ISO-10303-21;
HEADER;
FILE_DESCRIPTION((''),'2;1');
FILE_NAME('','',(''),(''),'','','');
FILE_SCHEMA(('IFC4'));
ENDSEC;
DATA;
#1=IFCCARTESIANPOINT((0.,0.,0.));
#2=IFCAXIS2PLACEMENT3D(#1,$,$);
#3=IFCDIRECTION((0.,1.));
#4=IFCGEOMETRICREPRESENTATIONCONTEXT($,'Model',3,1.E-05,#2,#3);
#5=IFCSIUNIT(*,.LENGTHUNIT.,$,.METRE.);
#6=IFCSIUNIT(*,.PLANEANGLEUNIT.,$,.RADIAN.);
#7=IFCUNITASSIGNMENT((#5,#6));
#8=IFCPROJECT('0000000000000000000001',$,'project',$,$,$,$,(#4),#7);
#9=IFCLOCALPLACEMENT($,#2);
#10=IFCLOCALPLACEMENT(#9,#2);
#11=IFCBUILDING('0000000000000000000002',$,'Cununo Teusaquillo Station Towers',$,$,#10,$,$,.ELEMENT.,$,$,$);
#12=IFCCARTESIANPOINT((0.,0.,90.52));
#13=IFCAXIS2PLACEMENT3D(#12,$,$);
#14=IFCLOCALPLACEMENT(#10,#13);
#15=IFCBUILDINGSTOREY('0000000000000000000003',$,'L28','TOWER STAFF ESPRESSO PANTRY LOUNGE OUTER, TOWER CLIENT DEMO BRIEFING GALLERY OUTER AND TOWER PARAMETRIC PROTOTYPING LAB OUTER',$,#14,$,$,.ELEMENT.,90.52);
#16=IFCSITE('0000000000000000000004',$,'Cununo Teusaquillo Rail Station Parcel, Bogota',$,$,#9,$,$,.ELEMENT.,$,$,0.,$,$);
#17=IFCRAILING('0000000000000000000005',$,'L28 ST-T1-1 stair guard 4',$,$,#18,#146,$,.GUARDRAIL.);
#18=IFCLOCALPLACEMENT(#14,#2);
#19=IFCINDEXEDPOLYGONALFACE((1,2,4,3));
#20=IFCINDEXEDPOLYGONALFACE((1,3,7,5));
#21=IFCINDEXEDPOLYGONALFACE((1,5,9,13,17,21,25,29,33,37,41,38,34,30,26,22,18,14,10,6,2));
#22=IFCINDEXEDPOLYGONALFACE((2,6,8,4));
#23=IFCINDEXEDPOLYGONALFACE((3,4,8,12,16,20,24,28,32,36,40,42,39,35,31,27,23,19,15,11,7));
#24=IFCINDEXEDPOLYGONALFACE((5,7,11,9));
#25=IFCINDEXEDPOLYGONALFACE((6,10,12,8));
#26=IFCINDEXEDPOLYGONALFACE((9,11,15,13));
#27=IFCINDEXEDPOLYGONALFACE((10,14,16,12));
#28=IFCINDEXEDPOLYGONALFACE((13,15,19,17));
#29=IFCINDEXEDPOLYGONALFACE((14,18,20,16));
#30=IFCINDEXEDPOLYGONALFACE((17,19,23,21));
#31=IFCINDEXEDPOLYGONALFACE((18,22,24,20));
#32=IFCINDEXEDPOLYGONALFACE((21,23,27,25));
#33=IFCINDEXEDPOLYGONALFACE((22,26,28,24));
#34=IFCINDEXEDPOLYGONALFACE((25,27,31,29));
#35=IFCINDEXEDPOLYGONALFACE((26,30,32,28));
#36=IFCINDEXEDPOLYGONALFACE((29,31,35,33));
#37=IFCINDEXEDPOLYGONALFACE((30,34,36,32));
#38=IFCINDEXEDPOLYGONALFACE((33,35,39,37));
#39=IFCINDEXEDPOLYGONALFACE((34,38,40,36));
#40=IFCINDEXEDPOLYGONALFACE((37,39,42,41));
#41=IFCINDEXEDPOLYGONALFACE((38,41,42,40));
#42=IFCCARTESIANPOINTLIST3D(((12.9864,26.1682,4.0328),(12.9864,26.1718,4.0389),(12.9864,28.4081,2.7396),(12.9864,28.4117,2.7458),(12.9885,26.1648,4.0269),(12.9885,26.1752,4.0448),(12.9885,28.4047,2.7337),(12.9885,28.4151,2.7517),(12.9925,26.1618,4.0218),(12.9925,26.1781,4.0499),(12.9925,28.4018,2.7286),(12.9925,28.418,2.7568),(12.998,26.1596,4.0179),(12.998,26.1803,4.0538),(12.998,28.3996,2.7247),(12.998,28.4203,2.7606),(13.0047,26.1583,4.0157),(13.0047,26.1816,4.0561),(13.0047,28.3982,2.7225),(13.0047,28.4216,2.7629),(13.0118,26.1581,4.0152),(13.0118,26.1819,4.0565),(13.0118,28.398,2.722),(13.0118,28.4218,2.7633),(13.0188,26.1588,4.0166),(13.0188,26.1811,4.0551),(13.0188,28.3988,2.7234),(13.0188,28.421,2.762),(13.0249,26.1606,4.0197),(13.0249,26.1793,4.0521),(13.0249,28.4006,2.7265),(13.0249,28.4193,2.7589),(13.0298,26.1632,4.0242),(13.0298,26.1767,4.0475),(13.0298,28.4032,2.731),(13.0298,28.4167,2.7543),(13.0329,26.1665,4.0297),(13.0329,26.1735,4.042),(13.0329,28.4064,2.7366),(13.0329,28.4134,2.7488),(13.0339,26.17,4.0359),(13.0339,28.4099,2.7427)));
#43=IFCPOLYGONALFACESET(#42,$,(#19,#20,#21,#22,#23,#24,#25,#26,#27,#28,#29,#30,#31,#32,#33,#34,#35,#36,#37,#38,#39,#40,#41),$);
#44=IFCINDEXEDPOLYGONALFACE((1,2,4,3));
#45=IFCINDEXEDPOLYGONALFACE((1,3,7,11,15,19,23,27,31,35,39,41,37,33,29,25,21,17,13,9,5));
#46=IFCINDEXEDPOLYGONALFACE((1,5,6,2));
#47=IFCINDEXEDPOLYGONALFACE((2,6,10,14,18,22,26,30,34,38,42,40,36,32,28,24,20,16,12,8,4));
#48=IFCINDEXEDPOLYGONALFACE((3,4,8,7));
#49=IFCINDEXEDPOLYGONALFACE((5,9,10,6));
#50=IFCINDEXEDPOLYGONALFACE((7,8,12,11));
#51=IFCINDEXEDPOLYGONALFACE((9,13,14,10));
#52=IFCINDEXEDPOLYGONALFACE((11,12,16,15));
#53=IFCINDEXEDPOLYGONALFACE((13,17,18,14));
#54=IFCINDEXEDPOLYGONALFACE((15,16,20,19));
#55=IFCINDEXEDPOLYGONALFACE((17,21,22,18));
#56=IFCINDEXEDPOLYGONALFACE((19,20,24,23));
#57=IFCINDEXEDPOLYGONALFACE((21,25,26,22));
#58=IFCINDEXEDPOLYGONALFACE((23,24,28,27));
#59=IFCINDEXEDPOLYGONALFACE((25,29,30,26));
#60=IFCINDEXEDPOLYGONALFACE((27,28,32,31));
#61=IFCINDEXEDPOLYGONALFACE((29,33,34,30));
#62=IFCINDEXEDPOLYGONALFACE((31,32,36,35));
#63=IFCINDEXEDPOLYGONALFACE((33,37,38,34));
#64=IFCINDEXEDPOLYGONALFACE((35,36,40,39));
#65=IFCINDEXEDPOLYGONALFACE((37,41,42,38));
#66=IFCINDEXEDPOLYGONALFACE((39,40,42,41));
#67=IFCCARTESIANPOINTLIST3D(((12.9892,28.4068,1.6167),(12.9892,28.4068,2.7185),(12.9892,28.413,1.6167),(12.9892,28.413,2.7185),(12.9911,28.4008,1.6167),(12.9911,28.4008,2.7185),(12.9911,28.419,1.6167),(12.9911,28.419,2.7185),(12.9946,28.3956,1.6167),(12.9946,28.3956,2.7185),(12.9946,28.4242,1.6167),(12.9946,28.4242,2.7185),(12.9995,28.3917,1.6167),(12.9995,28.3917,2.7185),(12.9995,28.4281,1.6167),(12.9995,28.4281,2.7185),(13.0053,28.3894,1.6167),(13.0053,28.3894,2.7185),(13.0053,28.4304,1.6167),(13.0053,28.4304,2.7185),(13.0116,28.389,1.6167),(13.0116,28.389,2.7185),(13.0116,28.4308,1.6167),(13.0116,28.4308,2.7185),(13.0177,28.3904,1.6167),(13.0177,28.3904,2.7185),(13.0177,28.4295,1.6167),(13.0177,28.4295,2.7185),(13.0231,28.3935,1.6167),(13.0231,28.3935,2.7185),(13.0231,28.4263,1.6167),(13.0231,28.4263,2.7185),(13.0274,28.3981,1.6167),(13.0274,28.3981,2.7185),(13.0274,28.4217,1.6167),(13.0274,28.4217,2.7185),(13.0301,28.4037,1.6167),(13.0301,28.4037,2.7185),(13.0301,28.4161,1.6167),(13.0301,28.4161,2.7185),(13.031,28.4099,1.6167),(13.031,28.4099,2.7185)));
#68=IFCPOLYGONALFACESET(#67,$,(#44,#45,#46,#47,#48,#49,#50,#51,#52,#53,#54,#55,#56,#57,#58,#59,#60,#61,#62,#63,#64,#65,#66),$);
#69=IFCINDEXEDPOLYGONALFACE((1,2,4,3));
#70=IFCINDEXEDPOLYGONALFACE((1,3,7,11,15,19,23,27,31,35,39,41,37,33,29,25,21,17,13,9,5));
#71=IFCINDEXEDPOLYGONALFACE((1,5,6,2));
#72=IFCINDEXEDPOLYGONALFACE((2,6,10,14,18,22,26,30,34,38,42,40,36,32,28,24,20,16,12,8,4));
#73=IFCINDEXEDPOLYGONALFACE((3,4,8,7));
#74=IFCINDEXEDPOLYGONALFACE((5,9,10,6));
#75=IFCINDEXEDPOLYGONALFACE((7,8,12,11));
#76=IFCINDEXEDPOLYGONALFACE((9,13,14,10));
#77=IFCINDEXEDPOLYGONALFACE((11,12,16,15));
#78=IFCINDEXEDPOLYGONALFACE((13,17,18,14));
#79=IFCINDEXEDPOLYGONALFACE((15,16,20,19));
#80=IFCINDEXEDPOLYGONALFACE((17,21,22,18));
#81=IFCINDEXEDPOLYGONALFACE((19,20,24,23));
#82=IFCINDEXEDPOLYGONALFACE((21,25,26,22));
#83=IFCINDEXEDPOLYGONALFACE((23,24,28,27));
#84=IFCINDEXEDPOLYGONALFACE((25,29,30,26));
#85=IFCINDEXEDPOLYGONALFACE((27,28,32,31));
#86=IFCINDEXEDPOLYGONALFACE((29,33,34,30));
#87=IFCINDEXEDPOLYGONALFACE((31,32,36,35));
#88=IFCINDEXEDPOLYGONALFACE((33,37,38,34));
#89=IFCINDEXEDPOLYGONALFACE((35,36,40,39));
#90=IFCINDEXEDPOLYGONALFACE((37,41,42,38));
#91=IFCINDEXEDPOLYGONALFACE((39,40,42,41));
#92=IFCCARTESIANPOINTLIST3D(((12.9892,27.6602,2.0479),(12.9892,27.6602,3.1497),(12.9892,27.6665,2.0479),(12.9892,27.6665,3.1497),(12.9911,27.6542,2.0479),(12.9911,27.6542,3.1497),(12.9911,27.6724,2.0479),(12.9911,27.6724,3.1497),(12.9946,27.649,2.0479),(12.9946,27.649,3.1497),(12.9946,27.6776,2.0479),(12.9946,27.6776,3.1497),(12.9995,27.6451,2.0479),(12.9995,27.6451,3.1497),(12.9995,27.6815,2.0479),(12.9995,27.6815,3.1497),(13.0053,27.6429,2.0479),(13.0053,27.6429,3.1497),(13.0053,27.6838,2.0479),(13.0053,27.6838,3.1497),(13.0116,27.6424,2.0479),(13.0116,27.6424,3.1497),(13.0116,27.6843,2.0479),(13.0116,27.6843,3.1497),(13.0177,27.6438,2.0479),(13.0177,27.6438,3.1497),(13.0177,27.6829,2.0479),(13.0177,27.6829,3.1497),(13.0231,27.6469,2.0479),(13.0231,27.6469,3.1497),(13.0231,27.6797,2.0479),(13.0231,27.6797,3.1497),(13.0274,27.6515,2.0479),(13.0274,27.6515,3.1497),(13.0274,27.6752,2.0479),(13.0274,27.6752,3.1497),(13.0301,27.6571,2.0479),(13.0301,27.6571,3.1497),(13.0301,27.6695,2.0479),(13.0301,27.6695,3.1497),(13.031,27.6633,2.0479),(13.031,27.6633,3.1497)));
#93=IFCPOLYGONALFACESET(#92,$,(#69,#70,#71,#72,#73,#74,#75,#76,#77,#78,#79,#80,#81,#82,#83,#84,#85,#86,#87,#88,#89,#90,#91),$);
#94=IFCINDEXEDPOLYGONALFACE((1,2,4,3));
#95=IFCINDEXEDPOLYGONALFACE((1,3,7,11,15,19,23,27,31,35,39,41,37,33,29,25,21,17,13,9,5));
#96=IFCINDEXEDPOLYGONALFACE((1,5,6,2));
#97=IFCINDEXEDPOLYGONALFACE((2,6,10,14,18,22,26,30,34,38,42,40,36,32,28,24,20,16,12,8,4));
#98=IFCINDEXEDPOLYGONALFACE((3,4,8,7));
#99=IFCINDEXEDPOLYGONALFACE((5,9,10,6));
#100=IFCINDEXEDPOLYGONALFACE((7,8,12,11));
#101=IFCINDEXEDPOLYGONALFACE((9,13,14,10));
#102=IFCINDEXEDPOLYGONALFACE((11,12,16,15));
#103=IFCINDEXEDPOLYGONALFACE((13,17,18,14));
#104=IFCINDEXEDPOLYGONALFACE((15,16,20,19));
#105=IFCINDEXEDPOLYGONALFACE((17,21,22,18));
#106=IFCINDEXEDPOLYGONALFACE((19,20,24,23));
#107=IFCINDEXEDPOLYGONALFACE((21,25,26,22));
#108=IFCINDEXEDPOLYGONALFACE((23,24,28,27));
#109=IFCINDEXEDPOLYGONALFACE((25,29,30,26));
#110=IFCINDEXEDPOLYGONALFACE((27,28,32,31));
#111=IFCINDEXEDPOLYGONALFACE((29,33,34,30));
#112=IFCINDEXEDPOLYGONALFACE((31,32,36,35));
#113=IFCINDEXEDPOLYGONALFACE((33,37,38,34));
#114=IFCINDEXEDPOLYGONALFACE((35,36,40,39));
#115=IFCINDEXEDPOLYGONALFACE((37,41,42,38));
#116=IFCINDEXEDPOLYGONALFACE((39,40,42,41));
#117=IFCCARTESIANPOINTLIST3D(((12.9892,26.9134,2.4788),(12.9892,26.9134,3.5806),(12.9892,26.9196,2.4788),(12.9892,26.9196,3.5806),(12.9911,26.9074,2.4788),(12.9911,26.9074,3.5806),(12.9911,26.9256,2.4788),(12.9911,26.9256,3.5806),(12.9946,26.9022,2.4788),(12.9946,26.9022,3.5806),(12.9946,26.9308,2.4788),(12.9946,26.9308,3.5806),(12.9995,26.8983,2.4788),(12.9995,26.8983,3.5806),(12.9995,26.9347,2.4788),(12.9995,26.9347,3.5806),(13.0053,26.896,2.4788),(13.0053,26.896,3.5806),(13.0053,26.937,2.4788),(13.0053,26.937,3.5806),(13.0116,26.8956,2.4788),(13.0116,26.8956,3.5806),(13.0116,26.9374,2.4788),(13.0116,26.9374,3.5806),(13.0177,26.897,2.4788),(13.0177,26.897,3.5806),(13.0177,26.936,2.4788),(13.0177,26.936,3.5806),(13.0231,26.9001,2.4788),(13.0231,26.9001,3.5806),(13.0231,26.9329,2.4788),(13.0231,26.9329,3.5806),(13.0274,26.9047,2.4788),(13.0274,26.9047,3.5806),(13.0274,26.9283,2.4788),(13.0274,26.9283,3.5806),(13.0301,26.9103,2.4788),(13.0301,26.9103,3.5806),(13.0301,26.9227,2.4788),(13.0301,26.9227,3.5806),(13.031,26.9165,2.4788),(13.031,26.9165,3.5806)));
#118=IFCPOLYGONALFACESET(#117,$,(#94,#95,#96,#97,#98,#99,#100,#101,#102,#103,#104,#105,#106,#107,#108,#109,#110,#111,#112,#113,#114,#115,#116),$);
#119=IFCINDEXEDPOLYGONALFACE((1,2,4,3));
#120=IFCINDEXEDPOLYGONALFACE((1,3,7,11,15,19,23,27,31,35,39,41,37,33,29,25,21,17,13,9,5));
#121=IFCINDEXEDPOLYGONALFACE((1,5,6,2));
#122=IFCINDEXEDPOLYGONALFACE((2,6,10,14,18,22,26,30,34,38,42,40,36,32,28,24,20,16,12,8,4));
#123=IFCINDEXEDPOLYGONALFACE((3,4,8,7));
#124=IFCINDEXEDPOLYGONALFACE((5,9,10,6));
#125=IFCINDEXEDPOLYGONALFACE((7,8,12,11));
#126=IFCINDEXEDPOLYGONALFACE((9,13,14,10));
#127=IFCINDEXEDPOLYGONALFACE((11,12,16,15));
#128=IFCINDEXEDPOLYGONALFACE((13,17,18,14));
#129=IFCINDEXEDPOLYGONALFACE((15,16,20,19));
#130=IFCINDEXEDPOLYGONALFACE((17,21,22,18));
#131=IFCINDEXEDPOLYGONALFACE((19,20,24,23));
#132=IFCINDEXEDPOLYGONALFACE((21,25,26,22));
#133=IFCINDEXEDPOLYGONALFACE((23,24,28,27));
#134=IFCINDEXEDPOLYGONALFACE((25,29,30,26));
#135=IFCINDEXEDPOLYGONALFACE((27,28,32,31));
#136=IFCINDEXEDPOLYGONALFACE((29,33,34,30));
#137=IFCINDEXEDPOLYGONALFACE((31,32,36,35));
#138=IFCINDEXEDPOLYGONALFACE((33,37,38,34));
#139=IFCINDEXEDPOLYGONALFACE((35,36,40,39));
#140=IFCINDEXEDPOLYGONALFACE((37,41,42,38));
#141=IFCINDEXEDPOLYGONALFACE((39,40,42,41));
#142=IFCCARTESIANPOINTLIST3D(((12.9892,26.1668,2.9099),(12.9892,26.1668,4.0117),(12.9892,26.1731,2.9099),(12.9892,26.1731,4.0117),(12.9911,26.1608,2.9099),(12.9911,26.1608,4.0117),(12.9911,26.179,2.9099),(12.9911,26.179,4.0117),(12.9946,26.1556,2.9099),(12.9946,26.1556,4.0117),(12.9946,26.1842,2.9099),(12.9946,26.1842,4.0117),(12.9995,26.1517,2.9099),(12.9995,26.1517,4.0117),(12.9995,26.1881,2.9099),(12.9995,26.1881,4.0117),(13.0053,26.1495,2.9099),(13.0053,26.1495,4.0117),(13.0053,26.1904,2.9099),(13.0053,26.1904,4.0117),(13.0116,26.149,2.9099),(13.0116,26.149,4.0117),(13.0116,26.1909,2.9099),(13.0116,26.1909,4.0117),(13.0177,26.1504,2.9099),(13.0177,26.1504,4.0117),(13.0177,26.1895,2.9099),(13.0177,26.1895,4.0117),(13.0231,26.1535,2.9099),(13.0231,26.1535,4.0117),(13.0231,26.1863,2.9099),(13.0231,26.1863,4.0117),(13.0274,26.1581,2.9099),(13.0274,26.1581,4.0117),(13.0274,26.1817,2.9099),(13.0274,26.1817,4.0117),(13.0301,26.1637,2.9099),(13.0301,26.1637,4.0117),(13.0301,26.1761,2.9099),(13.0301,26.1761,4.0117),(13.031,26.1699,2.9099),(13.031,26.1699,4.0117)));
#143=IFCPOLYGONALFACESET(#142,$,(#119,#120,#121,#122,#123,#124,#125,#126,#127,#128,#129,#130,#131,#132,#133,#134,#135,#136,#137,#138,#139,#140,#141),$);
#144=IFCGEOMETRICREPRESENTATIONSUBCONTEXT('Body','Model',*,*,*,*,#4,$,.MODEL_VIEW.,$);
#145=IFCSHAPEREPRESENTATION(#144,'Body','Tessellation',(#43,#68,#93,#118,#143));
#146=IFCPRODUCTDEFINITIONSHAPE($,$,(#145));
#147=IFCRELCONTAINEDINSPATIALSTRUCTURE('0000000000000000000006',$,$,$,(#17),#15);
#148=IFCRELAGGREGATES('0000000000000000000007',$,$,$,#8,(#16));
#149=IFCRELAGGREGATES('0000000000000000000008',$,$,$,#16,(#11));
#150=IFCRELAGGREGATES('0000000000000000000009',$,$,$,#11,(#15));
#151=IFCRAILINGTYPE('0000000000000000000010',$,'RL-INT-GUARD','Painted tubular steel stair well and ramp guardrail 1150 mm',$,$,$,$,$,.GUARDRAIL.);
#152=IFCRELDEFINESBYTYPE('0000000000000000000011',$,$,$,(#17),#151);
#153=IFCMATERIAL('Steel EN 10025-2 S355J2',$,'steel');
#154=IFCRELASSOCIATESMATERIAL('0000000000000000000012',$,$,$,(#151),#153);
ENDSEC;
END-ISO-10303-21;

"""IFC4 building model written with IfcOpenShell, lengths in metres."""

from ifc_helpers import new_model, si_unit, direction, frame, origin, origin_2d, place, context, subcontext, project, spatial, circle, extrude, material, type_object, element, save


model = new_model("IFC4")

# Units and contexts
model_context = context("Model", 3, precision=1e-05, world=origin(), true_north=direction((0.0, 1.0)))
body_context = subcontext(model_context, "Body", "Model", "MODEL_VIEW")
ifc_project = project(units=[si_unit("LENGTHUNIT", "METRE"), si_unit("PLANEANGLEUNIT", "RADIAN")], contexts=[model_context])

# Site, building, storey
site_placement = place(None, origin())
site = spatial("IfcSite", under=ifc_project, at=site_placement, Name="Cununo Teusaquillo Rail Station Parcel, Bogota", CompositionType="ELEMENT", RefElevation=0.0)
building_placement = place(site_placement, origin())
building = spatial("IfcBuilding", under=site, at=building_placement, Name="Cununo Teusaquillo Station Towers", CompositionType="ELEMENT")
storey_placement = place(building_placement, frame((0.0, 0.0, 90.52)))
storey = spatial("IfcBuildingStorey", under=building, at=storey_placement, Name="L28", Description="TOWER STAFF ESPRESSO PANTRY LOUNGE OUTER, TOWER CLIENT DEMO BRIEFING GALLERY OUTER AND TOWER PARAMETRIC PROTOTYPING LAB OUTER", CompositionType="ELEMENT", Elevation=90.52)

# Railing
ifc_material_1 = material(Name="Steel EN 10025-2 S355J2", Category="steel")
railing_type_1 = type_object("IfcRailingType", Name="RL-INT-GUARD", Description="Painted tubular steel stair well and ramp guardrail 1150 mm", PredefinedType="GUARDRAIL", material=ifc_material_1)
railing_1_placement = place(storey_placement, frame((13.01, 28.4099, 1.6167)))
element("IfcRailing", 1, at=railing_1_placement, inside=storey, type_object=railing_type_1, Name="L28 ST-T1-1 stair guard 4", PredefinedType="GUARDRAIL", context=body_context, shape_type="SweptSolid", body=[
    extrude(circle(Radius=0.0239, at=origin_2d()), frame((0.0, 0.0, 1.126), z_axis=(0.0, -0.866033, 0.499987), x_axis=(1.0, 0.0, 0.0)), (0.0, 0.0, 1.0), 2.5864),
    extrude(circle(Radius=0.021, at=origin_2d()), origin(), (0.0, 0.0, 1.0), 1.1018),
    extrude(circle(Radius=0.021, at=origin_2d()), frame((0.0, -0.7466, 0.4312)), (0.0, 0.0, 1.0), 1.1018),
    extrude(circle(Radius=0.021, at=origin_2d()), frame((0.0, -1.4934, 0.8621)), (0.0, 0.0, 1.0), 1.1018),
    extrude(circle(Radius=0.021, at=origin_2d()), frame((0.0, -2.24, 1.2932)), (0.0, 0.0, 1.0), 1.1018),
])

save(model, "model.ifc")
